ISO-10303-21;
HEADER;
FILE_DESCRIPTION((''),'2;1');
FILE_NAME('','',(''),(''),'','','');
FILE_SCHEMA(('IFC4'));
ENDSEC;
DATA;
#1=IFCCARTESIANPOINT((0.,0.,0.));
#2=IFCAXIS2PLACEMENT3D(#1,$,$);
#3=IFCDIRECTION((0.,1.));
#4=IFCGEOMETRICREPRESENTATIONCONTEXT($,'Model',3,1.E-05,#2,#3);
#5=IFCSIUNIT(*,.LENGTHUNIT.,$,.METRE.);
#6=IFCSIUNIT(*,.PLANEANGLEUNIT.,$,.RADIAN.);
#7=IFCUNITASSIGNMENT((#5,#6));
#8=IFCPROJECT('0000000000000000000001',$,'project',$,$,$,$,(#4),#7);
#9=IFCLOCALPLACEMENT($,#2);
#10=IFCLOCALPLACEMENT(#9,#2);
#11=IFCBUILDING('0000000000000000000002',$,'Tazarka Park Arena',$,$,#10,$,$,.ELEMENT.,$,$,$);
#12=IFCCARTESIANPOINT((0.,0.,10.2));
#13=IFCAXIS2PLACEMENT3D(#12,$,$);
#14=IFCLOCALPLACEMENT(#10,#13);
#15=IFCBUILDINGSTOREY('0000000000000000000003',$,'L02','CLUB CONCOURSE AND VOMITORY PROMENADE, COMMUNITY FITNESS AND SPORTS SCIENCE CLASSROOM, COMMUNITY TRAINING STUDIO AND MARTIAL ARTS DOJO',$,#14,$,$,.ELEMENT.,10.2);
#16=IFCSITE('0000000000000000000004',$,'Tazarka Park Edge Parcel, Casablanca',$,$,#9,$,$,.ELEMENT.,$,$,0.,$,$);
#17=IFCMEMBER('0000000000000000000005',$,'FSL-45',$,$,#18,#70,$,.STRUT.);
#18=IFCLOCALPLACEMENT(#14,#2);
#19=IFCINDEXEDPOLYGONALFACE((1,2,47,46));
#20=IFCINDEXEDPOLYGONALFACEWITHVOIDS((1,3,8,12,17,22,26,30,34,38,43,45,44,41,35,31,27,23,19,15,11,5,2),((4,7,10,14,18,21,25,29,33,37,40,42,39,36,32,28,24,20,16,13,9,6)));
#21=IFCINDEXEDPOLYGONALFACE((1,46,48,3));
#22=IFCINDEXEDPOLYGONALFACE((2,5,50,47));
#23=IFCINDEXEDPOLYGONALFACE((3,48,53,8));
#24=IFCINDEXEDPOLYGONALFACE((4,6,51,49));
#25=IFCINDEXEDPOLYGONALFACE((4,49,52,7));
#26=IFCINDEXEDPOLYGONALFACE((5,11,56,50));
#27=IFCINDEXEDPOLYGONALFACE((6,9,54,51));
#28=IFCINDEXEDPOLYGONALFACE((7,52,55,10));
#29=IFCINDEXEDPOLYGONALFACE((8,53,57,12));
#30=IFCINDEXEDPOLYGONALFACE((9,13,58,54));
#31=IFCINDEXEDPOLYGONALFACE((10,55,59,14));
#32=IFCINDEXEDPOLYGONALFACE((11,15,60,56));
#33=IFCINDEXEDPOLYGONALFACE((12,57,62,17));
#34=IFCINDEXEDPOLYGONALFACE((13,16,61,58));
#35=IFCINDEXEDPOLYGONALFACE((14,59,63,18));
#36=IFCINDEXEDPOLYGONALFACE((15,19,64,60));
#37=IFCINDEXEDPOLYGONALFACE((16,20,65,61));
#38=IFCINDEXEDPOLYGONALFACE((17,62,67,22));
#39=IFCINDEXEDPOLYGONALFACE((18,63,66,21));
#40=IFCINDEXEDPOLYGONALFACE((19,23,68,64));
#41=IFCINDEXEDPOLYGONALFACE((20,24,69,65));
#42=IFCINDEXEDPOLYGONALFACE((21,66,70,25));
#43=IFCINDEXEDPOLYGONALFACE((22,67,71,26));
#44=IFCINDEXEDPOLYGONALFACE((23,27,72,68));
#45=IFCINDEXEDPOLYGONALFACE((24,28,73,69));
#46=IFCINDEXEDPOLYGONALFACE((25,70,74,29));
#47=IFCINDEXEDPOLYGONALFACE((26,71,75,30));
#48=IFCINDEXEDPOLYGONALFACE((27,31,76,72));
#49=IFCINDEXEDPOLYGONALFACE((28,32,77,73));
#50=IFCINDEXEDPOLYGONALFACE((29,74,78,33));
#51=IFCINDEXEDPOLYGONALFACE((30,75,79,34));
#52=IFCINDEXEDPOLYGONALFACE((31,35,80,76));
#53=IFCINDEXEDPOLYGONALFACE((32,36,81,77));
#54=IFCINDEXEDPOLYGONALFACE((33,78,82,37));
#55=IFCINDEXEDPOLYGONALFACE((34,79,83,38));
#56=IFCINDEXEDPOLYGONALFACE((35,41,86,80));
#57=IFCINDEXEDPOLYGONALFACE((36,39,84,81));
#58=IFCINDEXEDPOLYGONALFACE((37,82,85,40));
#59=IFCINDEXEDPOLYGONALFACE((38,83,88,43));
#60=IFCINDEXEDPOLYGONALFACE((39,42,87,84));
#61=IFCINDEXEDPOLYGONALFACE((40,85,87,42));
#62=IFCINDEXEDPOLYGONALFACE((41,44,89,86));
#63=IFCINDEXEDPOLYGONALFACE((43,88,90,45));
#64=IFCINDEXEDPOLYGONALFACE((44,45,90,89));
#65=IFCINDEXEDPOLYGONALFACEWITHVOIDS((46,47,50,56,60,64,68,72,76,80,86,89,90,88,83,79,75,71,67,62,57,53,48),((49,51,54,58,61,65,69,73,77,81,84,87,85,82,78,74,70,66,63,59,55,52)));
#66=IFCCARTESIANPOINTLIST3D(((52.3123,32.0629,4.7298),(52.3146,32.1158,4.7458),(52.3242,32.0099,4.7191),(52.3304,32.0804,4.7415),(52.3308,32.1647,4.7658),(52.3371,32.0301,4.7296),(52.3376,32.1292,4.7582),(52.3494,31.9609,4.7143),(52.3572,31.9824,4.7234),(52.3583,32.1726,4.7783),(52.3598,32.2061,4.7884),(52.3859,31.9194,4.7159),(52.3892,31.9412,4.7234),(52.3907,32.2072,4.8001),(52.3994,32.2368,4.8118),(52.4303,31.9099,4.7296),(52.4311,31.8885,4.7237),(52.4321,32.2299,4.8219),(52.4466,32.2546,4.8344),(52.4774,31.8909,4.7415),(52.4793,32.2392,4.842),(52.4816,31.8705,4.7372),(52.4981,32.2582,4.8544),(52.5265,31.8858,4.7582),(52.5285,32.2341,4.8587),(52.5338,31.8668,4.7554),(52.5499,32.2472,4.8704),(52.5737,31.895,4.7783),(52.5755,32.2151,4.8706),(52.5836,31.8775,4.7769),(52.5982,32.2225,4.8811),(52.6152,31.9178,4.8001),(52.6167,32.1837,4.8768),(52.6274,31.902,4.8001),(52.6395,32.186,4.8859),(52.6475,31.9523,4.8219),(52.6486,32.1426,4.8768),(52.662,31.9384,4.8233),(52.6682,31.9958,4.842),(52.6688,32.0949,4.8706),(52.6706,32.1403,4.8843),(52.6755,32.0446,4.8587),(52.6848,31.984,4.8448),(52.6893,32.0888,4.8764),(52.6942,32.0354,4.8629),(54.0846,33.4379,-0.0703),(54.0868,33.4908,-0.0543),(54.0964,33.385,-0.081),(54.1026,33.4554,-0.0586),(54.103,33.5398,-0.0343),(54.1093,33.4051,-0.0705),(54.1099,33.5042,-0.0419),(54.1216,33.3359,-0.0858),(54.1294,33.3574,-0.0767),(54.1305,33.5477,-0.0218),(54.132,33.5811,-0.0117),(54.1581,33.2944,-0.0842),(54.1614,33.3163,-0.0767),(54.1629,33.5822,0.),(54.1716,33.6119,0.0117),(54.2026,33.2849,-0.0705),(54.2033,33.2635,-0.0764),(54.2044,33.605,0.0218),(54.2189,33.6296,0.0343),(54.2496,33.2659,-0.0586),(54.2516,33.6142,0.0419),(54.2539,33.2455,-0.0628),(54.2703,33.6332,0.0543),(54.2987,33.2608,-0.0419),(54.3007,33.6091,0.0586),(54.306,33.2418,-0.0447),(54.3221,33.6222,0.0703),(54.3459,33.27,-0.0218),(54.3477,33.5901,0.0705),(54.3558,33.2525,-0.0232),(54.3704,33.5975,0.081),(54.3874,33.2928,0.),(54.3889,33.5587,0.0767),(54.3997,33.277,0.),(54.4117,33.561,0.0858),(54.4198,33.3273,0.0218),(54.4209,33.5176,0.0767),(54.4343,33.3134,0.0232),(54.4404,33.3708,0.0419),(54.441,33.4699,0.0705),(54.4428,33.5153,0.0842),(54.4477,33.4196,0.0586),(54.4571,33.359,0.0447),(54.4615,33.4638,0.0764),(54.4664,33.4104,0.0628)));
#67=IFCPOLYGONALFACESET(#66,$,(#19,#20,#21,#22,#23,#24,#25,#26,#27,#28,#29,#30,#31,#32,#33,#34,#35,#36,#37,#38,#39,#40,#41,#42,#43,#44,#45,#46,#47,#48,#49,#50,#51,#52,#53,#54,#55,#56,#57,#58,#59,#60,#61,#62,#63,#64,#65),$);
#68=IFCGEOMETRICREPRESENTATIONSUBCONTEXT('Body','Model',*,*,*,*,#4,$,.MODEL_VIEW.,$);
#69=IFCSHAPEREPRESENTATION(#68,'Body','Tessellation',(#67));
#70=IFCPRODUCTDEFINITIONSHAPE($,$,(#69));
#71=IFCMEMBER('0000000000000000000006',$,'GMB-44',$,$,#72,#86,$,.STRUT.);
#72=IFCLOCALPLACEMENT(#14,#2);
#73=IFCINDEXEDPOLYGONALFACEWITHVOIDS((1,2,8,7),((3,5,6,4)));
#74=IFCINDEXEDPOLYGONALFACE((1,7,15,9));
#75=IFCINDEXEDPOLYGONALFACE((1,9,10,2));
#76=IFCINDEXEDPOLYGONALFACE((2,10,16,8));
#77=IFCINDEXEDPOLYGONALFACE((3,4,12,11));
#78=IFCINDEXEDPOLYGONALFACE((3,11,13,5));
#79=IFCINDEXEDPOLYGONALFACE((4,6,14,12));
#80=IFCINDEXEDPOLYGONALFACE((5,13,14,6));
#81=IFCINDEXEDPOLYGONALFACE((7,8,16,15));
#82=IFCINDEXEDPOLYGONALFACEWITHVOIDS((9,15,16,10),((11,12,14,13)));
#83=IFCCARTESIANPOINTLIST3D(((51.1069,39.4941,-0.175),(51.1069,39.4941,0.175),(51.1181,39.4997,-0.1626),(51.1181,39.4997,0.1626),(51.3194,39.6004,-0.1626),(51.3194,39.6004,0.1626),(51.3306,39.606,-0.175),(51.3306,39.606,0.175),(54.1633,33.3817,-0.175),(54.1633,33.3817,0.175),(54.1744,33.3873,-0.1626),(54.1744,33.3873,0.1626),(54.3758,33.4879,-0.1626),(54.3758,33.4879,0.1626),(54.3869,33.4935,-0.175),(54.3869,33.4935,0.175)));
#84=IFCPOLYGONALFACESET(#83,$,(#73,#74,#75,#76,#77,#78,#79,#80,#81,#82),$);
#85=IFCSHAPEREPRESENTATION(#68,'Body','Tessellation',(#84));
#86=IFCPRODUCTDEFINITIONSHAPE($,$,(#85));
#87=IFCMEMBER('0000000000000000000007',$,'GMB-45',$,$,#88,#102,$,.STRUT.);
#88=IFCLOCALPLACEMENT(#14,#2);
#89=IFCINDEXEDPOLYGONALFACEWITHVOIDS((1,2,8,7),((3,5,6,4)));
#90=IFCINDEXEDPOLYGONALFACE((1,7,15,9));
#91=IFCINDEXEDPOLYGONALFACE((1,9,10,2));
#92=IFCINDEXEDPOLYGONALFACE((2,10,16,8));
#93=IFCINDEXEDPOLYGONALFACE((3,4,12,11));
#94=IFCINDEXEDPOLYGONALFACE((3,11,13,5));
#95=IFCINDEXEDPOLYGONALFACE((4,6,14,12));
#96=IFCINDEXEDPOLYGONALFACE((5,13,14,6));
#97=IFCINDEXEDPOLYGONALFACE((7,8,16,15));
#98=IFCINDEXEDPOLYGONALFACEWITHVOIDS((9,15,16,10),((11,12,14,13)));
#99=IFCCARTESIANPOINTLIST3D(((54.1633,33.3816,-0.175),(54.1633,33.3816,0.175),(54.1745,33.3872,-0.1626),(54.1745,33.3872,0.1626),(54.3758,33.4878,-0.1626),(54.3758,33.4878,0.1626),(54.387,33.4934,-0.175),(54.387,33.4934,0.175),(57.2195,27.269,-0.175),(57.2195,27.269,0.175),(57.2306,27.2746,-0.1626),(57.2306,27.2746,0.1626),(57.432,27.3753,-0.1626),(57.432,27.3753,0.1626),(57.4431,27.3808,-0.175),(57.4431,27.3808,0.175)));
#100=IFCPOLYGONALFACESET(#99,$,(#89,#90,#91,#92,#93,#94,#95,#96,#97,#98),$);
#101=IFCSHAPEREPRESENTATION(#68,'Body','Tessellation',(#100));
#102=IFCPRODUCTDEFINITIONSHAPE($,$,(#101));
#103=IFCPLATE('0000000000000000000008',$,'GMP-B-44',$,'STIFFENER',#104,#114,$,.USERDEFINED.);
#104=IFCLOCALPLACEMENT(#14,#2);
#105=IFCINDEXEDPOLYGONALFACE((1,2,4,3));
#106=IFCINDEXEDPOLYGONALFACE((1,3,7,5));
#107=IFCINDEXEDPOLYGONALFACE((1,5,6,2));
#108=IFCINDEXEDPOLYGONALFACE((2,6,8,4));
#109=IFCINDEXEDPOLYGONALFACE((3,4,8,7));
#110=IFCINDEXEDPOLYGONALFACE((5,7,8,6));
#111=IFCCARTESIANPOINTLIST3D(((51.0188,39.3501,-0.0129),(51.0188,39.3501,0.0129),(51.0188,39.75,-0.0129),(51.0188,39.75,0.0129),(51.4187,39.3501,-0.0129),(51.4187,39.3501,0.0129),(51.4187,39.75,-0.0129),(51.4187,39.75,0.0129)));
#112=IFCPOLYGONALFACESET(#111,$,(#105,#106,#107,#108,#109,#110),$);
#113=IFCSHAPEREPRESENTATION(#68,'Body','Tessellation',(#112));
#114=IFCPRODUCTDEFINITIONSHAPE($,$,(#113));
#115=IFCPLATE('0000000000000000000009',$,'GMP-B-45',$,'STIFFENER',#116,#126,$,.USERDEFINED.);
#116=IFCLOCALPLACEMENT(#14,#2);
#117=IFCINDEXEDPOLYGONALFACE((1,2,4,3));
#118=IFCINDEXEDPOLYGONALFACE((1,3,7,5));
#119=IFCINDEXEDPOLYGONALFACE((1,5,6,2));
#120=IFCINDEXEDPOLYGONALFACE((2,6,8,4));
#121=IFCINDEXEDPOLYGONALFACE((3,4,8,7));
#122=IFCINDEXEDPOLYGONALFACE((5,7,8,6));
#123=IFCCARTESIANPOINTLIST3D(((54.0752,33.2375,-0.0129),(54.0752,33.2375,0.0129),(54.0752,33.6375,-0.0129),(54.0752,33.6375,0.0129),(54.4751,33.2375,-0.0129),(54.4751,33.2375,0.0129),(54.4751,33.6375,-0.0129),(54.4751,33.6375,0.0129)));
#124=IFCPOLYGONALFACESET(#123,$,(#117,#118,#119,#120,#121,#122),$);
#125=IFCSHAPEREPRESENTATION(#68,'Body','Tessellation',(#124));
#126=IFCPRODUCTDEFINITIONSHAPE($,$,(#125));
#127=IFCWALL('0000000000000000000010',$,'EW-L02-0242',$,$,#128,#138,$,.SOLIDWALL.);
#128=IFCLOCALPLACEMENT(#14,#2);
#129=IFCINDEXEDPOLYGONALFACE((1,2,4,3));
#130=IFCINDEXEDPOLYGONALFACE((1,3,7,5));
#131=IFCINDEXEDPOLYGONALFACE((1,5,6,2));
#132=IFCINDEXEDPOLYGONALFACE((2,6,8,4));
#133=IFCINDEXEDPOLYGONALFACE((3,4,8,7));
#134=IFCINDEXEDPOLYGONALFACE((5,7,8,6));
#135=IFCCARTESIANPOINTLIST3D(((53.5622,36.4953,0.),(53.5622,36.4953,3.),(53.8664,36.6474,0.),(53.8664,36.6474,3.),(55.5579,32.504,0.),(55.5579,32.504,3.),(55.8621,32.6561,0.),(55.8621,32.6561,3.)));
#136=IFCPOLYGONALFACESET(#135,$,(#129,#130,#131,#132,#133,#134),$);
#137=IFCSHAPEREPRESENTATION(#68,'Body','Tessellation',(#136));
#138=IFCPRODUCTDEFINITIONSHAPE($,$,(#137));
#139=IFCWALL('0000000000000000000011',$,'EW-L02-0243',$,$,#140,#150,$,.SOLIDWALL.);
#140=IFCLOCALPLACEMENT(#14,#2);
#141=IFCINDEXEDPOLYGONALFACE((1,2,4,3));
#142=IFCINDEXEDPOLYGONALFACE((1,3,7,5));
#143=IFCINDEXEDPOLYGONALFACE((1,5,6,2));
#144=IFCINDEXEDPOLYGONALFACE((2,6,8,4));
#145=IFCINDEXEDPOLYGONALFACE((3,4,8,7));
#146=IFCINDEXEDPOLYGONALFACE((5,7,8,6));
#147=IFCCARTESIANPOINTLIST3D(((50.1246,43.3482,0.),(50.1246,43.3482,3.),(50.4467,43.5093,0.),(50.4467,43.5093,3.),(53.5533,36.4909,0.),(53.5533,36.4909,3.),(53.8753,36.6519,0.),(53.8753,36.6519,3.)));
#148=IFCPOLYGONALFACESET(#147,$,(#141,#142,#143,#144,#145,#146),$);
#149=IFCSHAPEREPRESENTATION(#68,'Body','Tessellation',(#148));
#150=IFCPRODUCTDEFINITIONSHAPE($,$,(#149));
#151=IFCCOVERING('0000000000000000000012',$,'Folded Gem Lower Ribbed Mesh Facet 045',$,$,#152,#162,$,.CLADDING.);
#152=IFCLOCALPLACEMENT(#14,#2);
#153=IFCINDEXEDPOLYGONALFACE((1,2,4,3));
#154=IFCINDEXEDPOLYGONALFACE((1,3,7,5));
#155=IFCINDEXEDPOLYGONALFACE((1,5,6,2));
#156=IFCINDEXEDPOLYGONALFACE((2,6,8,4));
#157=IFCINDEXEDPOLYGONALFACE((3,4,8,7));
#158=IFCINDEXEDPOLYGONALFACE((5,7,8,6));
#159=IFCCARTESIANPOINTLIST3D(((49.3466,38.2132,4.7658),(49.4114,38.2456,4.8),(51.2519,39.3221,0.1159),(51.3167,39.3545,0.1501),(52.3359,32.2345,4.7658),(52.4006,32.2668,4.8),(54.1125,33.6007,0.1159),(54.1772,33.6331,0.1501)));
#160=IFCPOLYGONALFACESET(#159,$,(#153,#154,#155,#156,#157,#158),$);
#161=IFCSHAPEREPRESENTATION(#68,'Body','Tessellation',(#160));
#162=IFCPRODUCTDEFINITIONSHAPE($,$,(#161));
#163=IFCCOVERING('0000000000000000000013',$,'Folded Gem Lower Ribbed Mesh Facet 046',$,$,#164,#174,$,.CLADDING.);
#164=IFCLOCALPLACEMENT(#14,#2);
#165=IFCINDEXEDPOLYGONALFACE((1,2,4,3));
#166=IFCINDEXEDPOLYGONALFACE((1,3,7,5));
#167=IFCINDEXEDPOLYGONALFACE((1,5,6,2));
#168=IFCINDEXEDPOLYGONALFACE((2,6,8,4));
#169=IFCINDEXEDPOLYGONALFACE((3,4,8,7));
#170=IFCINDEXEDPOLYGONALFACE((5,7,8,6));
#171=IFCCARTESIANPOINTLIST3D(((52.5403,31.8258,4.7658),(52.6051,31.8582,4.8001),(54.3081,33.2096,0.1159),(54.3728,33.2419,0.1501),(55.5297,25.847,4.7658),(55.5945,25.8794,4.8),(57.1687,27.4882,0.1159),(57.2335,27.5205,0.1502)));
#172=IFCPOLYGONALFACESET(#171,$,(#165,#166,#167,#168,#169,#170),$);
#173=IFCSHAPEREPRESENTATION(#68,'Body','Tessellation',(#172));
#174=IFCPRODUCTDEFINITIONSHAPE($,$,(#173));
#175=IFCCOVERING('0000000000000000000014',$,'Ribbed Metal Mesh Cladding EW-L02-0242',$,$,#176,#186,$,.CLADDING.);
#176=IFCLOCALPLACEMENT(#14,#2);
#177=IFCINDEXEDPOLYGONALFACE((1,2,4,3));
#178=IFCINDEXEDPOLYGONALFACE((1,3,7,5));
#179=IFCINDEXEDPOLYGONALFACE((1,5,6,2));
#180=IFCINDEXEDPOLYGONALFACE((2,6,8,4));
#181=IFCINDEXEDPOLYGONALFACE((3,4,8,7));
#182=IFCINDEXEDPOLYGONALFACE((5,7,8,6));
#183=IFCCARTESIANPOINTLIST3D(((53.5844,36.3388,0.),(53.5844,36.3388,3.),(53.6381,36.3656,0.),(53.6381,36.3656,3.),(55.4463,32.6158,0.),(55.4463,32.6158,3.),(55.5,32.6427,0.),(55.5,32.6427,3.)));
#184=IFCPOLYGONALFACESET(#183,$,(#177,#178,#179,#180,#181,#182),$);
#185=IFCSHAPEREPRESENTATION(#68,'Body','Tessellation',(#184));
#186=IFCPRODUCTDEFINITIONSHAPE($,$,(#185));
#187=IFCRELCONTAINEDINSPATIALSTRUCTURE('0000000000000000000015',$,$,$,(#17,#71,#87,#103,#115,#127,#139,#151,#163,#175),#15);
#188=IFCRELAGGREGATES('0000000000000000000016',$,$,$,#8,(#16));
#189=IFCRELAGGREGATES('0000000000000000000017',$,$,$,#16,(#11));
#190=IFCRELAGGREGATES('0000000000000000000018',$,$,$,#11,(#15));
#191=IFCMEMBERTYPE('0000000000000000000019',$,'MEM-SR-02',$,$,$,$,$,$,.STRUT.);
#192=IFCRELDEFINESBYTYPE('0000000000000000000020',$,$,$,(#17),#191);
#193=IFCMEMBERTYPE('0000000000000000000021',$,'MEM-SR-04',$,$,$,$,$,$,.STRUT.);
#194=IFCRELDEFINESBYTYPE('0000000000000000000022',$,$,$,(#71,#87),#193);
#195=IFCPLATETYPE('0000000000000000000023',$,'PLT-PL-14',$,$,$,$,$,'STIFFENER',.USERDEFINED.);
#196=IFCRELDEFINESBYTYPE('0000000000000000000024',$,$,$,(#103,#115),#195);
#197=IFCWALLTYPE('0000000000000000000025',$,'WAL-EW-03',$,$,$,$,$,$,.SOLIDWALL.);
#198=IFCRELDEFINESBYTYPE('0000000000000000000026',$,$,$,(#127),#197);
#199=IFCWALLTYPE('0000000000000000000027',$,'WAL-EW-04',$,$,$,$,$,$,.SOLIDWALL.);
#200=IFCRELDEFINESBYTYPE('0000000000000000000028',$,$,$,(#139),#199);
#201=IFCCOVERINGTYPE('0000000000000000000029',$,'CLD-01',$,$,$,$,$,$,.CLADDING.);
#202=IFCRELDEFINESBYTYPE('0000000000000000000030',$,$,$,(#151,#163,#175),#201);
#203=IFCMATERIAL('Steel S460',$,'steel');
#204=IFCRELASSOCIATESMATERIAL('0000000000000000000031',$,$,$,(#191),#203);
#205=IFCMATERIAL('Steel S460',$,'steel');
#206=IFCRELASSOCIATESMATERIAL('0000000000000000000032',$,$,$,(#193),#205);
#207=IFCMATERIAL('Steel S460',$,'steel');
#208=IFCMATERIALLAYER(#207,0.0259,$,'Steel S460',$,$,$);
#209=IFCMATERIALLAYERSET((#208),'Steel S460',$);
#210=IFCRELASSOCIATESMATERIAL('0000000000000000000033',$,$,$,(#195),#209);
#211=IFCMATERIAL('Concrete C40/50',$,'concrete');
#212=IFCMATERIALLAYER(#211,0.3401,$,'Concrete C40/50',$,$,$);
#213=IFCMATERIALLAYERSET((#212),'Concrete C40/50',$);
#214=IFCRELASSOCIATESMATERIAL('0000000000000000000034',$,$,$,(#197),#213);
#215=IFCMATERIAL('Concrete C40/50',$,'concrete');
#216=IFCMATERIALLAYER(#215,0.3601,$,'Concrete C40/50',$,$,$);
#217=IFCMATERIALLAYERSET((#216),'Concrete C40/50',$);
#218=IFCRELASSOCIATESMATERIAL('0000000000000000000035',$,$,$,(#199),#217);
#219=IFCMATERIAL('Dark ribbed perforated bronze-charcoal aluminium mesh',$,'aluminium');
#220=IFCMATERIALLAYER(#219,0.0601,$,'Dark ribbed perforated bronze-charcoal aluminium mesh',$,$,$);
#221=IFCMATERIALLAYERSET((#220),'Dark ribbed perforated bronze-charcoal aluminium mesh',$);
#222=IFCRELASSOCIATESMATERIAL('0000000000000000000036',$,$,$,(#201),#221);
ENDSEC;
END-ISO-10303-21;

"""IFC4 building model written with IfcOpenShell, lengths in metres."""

from ifc_helpers import new_model, si_unit, direction, frame, frame_2d, origin, origin_2d, place, context, subcontext, project, spatial, polyline, rectangle, hollow_rectangle, hollow_circle, outline, extrude, material, layer, layer_set, material_profile, profile_set, type_object, element, save


model = new_model("IFC4")

# Units and contexts
model_context = context("Model", 3, precision=1e-05, world=origin(), true_north=direction((0.0, 1.0)))
body_context = subcontext(model_context, "Body", "Model", "MODEL_VIEW")
ifc_project = project(units=[si_unit("LENGTHUNIT", "METRE"), si_unit("PLANEANGLEUNIT", "RADIAN")], contexts=[model_context])

# Site, building, storey
site_placement = place(None, origin())
site = spatial("IfcSite", under=ifc_project, at=site_placement, Name="Tazarka Park Edge Parcel, Casablanca", CompositionType="ELEMENT", RefElevation=0.0)
building_placement = place(site_placement, origin())
building = spatial("IfcBuilding", under=site, at=building_placement, Name="Tazarka Park Arena", CompositionType="ELEMENT")
storey_placement = place(building_placement, frame((0.0, 0.0, 10.2)))
storey = spatial("IfcBuildingStorey", under=building, at=storey_placement, Name="L02", Description="CLUB CONCOURSE AND VOMITORY PROMENADE, COMMUNITY FITNESS AND SPORTS SCIENCE CLASSROOM, COMMUNITY TRAINING STUDIO AND MARTIAL ARTS DOJO", CompositionType="ELEMENT", Elevation=10.2)

# Members
ifc_material_1 = material(Name="Steel S460", Category="steel")
ifc_material_profile_1 = material_profile(ifc_material_1, hollow_circle(Radius=0.2031, WallThickness=0.02, at=origin_2d()), Name="Steel S460")
ifc_profile_set_1 = profile_set([ifc_material_profile_1], Name="Steel S460")
member_type_1 = type_object("IfcMemberType", Name="MEM-SR-02", PredefinedType="STRUT", material=ifc_profile_set_1)
member_1_placement = place(storey_placement, frame((54.2751, 33.4375, 0.0), z_axis=(-0.334489, -0.259518, 0.905962), x_axis=(0.612998, -0.790084, 0.0)))
element("IfcMember", 1, at=member_1_placement, inside=storey, type_object=member_type_1, Name="FSL-45", PredefinedType="STRUT", context=body_context, shape_type="SweptSolid", body=[
    extrude(hollow_circle(Radius=0.2031, WallThickness=0.02, at=origin_2d()), origin(), (0.0, 0.0, 1.0), 5.2983),
])
ifc_material_2 = material(Name="Steel S460", Category="steel")
ifc_material_profile_2 = material_profile(ifc_material_2, hollow_rectangle(XDim=0.25, YDim=0.3501, WallThickness=0.0125, at=origin_2d()), Name="Steel S460")
ifc_profile_set_2 = profile_set([ifc_material_profile_2], Name="Steel S460")
member_type_2 = type_object("IfcMemberType", Name="MEM-SR-04", PredefinedType="STRUT", material=ifc_profile_set_2)
for number, where, z_axis, x_axis, name in (
    (2, (51.2188, 39.55, 0.0), (0.447228, -0.89442, 0.0), (0.89442, 0.447228, 0.0), "GMB-44"),
    (3, (54.2751, 33.4375, 0.0), (0.447199, -0.894434, 0.0), (0.894434, 0.447199, 0.0), "GMB-45"),
):
    element("IfcMember", number, at=place(storey_placement, frame(where, z_axis=z_axis, x_axis=x_axis)), inside=storey, type_object=member_type_2, Name=name, PredefinedType="STRUT", context=body_context, shape_type="SweptSolid", body=[
        extrude(hollow_rectangle(XDim=0.25, YDim=0.3501, WallThickness=0.0125, at=origin_2d()), origin(), (0.0, 0.0, 1.0), 6.834),
    ])

# Plates
ifc_material_3 = material(Name="Steel S460", Category="steel")
ifc_layer_1 = layer(ifc_material_3, 0.0259, Name="Steel S460")
ifc_layer_set_1 = layer_set([ifc_layer_1], Name="Steel S460")
plate_type = type_object("IfcPlateType", Name="PLT-PL-14", ElementType="STIFFENER", PredefinedType="USERDEFINED", material=ifc_layer_set_1)
for number, where, z_axis, x_axis, name in (
    (4, (51.2188, 39.55, -0.0129), (0.0, 0.0, 1.0), (1.0, 0.0, 0.0), "GMP-B-44"),
    (5, (54.2751, 33.4375, -0.0129), (0.0, 0.0, 1.0), (1.0, 0.0, 0.0), "GMP-B-45"),
):
    element("IfcPlate", number, at=place(storey_placement, frame(where, z_axis=z_axis, x_axis=x_axis)), inside=storey, type_object=plate_type, Name=name, ObjectType="STIFFENER", PredefinedType="USERDEFINED", context=body_context, shape_type="SweptSolid", body=[
        extrude(rectangle(XDim=0.3999, YDim=0.3999, at=origin_2d()), origin(), (0.0, 0.0, 1.0), 0.0259),
    ])

# Walls
ifc_material_4 = material(Name="Concrete C40/50", Category="concrete")
ifc_layer_2 = layer(ifc_material_4, 0.3401, Name="Concrete C40/50")
ifc_layer_set_2 = layer_set([ifc_layer_2], Name="Concrete C40/50")
wall_type_1 = type_object("IfcWallType", Name="WAL-EW-03", PredefinedType="SOLIDWALL", material=ifc_layer_set_2)
wall_1_placement = place(storey_placement, frame((55.71, 32.5801, 0.0), z_axis=(0.0, 0.0, 1.0), x_axis=(-0.447214, 0.894427, 0.0)))
element("IfcWall", 6, at=wall_1_placement, inside=storey, type_object=wall_type_1, Name="EW-L02-0242", PredefinedType="SOLIDWALL", context=body_context, shape_type="SweptSolid", body=[
    extrude(rectangle(XDim=4.4624, YDim=0.3401, at=frame_2d((2.2312, 0.0))), origin(), (0.0, 0.0, 1.0), 3.0),
])
ifc_material_5 = material(Name="Concrete C40/50", Category="concrete")
ifc_layer_3 = layer(ifc_material_5, 0.3601, Name="Concrete C40/50")
ifc_layer_set_3 = layer_set([ifc_layer_3], Name="Concrete C40/50")
wall_type_2 = type_object("IfcWallType", Name="WAL-EW-04", PredefinedType="SOLIDWALL", material=ifc_layer_set_3)
wall_2_placement = place(storey_placement, frame((53.7144, 36.5713, 0.0), z_axis=(0.0, 0.0, 1.0), x_axis=(-0.447214, 0.894427, 0.0)))
element("IfcWall", 7, at=wall_2_placement, inside=storey, type_object=wall_type_2, Name="EW-L02-0243", PredefinedType="SOLIDWALL", context=body_context, shape_type="SweptSolid", body=[
    extrude(rectangle(XDim=7.6667, YDim=0.3601, at=frame_2d((3.8335, 0.0))), origin(), (0.0, 0.0, 1.0), 3.0),
])

# Coverings
ifc_material_6 = material(Name="Dark ribbed perforated bronze-charcoal aluminium mesh", Category="aluminium")
ifc_layer_4 = layer(ifc_material_6, 0.0601, Name="Dark ribbed perforated bronze-charcoal aluminium mesh")
ifc_layer_set_4 = layer_set([ifc_layer_4], Name="Dark ribbed perforated bronze-charcoal aluminium mesh")
covering_type_1 = type_object("IfcCoveringType", Name="CLD-01", PredefinedType="CLADDING", material=ifc_layer_set_4)
covering_1_placement = place(storey_placement, frame((51.3167, 39.3545, 0.1501), z_axis=(0.808506, 0.404236, 0.427681), x_axis=(0.447199, -0.894435, 0.0)))
element("IfcCovering", 8, at=covering_1_placement, inside=storey, type_object=covering_type_1, Name="Folded Gem Lower Ribbed Mesh Facet 045", PredefinedType="CLADDING", context=body_context, shape_type="SweptSolid", body=[
    extrude(outline(polyline([(0.0, 0.0), (6.3967, 0.0), (6.8242, -5.1441), (0.1398, -5.1441), (0.0, 0.0)])), origin(), (0.0, 0.0, -1.0), 0.0801),
])
covering_2_placement = place(storey_placement, frame((54.3728, 33.2419, 0.1501), z_axis=(0.808506, 0.404253, 0.427664), x_axis=(0.447211, -0.894429, 0.000007)))
element("IfcCovering", 9, at=covering_2_placement, inside=storey, type_object=covering_type_1, Name="Folded Gem Lower Ribbed Mesh Facet 046", PredefinedType="CLADDING", context=body_context, shape_type="SweptSolid", body=[
    extrude(outline(polyline([(0.0, 0.0), (6.3967, 0.0), (7.1317, -5.144), (0.4471, -5.1441), (0.0, 0.0)])), origin(), (0.0, 0.0, -1.0), 0.0801),
])
covering_3_placement = place(storey_placement, frame((54.5422, 34.4907, 0.0), z_axis=(0.0, 0.0, 1.0), x_axis=(-0.447291, 0.894389, 0.0)))
element("IfcCovering", 10, at=covering_3_placement, inside=storey, type_object=covering_type_1, Name="Ribbed Metal Mesh Cladding EW-L02-0242", PredefinedType="CLADDING", context=body_context, shape_type="SweptSolid", body=[
    extrude(rectangle(XDim=4.1626, YDim=0.0601, at=origin_2d()), origin(), (0.0, 0.0, 1.0), 3.0),
])

save(model, "model.ifc")
